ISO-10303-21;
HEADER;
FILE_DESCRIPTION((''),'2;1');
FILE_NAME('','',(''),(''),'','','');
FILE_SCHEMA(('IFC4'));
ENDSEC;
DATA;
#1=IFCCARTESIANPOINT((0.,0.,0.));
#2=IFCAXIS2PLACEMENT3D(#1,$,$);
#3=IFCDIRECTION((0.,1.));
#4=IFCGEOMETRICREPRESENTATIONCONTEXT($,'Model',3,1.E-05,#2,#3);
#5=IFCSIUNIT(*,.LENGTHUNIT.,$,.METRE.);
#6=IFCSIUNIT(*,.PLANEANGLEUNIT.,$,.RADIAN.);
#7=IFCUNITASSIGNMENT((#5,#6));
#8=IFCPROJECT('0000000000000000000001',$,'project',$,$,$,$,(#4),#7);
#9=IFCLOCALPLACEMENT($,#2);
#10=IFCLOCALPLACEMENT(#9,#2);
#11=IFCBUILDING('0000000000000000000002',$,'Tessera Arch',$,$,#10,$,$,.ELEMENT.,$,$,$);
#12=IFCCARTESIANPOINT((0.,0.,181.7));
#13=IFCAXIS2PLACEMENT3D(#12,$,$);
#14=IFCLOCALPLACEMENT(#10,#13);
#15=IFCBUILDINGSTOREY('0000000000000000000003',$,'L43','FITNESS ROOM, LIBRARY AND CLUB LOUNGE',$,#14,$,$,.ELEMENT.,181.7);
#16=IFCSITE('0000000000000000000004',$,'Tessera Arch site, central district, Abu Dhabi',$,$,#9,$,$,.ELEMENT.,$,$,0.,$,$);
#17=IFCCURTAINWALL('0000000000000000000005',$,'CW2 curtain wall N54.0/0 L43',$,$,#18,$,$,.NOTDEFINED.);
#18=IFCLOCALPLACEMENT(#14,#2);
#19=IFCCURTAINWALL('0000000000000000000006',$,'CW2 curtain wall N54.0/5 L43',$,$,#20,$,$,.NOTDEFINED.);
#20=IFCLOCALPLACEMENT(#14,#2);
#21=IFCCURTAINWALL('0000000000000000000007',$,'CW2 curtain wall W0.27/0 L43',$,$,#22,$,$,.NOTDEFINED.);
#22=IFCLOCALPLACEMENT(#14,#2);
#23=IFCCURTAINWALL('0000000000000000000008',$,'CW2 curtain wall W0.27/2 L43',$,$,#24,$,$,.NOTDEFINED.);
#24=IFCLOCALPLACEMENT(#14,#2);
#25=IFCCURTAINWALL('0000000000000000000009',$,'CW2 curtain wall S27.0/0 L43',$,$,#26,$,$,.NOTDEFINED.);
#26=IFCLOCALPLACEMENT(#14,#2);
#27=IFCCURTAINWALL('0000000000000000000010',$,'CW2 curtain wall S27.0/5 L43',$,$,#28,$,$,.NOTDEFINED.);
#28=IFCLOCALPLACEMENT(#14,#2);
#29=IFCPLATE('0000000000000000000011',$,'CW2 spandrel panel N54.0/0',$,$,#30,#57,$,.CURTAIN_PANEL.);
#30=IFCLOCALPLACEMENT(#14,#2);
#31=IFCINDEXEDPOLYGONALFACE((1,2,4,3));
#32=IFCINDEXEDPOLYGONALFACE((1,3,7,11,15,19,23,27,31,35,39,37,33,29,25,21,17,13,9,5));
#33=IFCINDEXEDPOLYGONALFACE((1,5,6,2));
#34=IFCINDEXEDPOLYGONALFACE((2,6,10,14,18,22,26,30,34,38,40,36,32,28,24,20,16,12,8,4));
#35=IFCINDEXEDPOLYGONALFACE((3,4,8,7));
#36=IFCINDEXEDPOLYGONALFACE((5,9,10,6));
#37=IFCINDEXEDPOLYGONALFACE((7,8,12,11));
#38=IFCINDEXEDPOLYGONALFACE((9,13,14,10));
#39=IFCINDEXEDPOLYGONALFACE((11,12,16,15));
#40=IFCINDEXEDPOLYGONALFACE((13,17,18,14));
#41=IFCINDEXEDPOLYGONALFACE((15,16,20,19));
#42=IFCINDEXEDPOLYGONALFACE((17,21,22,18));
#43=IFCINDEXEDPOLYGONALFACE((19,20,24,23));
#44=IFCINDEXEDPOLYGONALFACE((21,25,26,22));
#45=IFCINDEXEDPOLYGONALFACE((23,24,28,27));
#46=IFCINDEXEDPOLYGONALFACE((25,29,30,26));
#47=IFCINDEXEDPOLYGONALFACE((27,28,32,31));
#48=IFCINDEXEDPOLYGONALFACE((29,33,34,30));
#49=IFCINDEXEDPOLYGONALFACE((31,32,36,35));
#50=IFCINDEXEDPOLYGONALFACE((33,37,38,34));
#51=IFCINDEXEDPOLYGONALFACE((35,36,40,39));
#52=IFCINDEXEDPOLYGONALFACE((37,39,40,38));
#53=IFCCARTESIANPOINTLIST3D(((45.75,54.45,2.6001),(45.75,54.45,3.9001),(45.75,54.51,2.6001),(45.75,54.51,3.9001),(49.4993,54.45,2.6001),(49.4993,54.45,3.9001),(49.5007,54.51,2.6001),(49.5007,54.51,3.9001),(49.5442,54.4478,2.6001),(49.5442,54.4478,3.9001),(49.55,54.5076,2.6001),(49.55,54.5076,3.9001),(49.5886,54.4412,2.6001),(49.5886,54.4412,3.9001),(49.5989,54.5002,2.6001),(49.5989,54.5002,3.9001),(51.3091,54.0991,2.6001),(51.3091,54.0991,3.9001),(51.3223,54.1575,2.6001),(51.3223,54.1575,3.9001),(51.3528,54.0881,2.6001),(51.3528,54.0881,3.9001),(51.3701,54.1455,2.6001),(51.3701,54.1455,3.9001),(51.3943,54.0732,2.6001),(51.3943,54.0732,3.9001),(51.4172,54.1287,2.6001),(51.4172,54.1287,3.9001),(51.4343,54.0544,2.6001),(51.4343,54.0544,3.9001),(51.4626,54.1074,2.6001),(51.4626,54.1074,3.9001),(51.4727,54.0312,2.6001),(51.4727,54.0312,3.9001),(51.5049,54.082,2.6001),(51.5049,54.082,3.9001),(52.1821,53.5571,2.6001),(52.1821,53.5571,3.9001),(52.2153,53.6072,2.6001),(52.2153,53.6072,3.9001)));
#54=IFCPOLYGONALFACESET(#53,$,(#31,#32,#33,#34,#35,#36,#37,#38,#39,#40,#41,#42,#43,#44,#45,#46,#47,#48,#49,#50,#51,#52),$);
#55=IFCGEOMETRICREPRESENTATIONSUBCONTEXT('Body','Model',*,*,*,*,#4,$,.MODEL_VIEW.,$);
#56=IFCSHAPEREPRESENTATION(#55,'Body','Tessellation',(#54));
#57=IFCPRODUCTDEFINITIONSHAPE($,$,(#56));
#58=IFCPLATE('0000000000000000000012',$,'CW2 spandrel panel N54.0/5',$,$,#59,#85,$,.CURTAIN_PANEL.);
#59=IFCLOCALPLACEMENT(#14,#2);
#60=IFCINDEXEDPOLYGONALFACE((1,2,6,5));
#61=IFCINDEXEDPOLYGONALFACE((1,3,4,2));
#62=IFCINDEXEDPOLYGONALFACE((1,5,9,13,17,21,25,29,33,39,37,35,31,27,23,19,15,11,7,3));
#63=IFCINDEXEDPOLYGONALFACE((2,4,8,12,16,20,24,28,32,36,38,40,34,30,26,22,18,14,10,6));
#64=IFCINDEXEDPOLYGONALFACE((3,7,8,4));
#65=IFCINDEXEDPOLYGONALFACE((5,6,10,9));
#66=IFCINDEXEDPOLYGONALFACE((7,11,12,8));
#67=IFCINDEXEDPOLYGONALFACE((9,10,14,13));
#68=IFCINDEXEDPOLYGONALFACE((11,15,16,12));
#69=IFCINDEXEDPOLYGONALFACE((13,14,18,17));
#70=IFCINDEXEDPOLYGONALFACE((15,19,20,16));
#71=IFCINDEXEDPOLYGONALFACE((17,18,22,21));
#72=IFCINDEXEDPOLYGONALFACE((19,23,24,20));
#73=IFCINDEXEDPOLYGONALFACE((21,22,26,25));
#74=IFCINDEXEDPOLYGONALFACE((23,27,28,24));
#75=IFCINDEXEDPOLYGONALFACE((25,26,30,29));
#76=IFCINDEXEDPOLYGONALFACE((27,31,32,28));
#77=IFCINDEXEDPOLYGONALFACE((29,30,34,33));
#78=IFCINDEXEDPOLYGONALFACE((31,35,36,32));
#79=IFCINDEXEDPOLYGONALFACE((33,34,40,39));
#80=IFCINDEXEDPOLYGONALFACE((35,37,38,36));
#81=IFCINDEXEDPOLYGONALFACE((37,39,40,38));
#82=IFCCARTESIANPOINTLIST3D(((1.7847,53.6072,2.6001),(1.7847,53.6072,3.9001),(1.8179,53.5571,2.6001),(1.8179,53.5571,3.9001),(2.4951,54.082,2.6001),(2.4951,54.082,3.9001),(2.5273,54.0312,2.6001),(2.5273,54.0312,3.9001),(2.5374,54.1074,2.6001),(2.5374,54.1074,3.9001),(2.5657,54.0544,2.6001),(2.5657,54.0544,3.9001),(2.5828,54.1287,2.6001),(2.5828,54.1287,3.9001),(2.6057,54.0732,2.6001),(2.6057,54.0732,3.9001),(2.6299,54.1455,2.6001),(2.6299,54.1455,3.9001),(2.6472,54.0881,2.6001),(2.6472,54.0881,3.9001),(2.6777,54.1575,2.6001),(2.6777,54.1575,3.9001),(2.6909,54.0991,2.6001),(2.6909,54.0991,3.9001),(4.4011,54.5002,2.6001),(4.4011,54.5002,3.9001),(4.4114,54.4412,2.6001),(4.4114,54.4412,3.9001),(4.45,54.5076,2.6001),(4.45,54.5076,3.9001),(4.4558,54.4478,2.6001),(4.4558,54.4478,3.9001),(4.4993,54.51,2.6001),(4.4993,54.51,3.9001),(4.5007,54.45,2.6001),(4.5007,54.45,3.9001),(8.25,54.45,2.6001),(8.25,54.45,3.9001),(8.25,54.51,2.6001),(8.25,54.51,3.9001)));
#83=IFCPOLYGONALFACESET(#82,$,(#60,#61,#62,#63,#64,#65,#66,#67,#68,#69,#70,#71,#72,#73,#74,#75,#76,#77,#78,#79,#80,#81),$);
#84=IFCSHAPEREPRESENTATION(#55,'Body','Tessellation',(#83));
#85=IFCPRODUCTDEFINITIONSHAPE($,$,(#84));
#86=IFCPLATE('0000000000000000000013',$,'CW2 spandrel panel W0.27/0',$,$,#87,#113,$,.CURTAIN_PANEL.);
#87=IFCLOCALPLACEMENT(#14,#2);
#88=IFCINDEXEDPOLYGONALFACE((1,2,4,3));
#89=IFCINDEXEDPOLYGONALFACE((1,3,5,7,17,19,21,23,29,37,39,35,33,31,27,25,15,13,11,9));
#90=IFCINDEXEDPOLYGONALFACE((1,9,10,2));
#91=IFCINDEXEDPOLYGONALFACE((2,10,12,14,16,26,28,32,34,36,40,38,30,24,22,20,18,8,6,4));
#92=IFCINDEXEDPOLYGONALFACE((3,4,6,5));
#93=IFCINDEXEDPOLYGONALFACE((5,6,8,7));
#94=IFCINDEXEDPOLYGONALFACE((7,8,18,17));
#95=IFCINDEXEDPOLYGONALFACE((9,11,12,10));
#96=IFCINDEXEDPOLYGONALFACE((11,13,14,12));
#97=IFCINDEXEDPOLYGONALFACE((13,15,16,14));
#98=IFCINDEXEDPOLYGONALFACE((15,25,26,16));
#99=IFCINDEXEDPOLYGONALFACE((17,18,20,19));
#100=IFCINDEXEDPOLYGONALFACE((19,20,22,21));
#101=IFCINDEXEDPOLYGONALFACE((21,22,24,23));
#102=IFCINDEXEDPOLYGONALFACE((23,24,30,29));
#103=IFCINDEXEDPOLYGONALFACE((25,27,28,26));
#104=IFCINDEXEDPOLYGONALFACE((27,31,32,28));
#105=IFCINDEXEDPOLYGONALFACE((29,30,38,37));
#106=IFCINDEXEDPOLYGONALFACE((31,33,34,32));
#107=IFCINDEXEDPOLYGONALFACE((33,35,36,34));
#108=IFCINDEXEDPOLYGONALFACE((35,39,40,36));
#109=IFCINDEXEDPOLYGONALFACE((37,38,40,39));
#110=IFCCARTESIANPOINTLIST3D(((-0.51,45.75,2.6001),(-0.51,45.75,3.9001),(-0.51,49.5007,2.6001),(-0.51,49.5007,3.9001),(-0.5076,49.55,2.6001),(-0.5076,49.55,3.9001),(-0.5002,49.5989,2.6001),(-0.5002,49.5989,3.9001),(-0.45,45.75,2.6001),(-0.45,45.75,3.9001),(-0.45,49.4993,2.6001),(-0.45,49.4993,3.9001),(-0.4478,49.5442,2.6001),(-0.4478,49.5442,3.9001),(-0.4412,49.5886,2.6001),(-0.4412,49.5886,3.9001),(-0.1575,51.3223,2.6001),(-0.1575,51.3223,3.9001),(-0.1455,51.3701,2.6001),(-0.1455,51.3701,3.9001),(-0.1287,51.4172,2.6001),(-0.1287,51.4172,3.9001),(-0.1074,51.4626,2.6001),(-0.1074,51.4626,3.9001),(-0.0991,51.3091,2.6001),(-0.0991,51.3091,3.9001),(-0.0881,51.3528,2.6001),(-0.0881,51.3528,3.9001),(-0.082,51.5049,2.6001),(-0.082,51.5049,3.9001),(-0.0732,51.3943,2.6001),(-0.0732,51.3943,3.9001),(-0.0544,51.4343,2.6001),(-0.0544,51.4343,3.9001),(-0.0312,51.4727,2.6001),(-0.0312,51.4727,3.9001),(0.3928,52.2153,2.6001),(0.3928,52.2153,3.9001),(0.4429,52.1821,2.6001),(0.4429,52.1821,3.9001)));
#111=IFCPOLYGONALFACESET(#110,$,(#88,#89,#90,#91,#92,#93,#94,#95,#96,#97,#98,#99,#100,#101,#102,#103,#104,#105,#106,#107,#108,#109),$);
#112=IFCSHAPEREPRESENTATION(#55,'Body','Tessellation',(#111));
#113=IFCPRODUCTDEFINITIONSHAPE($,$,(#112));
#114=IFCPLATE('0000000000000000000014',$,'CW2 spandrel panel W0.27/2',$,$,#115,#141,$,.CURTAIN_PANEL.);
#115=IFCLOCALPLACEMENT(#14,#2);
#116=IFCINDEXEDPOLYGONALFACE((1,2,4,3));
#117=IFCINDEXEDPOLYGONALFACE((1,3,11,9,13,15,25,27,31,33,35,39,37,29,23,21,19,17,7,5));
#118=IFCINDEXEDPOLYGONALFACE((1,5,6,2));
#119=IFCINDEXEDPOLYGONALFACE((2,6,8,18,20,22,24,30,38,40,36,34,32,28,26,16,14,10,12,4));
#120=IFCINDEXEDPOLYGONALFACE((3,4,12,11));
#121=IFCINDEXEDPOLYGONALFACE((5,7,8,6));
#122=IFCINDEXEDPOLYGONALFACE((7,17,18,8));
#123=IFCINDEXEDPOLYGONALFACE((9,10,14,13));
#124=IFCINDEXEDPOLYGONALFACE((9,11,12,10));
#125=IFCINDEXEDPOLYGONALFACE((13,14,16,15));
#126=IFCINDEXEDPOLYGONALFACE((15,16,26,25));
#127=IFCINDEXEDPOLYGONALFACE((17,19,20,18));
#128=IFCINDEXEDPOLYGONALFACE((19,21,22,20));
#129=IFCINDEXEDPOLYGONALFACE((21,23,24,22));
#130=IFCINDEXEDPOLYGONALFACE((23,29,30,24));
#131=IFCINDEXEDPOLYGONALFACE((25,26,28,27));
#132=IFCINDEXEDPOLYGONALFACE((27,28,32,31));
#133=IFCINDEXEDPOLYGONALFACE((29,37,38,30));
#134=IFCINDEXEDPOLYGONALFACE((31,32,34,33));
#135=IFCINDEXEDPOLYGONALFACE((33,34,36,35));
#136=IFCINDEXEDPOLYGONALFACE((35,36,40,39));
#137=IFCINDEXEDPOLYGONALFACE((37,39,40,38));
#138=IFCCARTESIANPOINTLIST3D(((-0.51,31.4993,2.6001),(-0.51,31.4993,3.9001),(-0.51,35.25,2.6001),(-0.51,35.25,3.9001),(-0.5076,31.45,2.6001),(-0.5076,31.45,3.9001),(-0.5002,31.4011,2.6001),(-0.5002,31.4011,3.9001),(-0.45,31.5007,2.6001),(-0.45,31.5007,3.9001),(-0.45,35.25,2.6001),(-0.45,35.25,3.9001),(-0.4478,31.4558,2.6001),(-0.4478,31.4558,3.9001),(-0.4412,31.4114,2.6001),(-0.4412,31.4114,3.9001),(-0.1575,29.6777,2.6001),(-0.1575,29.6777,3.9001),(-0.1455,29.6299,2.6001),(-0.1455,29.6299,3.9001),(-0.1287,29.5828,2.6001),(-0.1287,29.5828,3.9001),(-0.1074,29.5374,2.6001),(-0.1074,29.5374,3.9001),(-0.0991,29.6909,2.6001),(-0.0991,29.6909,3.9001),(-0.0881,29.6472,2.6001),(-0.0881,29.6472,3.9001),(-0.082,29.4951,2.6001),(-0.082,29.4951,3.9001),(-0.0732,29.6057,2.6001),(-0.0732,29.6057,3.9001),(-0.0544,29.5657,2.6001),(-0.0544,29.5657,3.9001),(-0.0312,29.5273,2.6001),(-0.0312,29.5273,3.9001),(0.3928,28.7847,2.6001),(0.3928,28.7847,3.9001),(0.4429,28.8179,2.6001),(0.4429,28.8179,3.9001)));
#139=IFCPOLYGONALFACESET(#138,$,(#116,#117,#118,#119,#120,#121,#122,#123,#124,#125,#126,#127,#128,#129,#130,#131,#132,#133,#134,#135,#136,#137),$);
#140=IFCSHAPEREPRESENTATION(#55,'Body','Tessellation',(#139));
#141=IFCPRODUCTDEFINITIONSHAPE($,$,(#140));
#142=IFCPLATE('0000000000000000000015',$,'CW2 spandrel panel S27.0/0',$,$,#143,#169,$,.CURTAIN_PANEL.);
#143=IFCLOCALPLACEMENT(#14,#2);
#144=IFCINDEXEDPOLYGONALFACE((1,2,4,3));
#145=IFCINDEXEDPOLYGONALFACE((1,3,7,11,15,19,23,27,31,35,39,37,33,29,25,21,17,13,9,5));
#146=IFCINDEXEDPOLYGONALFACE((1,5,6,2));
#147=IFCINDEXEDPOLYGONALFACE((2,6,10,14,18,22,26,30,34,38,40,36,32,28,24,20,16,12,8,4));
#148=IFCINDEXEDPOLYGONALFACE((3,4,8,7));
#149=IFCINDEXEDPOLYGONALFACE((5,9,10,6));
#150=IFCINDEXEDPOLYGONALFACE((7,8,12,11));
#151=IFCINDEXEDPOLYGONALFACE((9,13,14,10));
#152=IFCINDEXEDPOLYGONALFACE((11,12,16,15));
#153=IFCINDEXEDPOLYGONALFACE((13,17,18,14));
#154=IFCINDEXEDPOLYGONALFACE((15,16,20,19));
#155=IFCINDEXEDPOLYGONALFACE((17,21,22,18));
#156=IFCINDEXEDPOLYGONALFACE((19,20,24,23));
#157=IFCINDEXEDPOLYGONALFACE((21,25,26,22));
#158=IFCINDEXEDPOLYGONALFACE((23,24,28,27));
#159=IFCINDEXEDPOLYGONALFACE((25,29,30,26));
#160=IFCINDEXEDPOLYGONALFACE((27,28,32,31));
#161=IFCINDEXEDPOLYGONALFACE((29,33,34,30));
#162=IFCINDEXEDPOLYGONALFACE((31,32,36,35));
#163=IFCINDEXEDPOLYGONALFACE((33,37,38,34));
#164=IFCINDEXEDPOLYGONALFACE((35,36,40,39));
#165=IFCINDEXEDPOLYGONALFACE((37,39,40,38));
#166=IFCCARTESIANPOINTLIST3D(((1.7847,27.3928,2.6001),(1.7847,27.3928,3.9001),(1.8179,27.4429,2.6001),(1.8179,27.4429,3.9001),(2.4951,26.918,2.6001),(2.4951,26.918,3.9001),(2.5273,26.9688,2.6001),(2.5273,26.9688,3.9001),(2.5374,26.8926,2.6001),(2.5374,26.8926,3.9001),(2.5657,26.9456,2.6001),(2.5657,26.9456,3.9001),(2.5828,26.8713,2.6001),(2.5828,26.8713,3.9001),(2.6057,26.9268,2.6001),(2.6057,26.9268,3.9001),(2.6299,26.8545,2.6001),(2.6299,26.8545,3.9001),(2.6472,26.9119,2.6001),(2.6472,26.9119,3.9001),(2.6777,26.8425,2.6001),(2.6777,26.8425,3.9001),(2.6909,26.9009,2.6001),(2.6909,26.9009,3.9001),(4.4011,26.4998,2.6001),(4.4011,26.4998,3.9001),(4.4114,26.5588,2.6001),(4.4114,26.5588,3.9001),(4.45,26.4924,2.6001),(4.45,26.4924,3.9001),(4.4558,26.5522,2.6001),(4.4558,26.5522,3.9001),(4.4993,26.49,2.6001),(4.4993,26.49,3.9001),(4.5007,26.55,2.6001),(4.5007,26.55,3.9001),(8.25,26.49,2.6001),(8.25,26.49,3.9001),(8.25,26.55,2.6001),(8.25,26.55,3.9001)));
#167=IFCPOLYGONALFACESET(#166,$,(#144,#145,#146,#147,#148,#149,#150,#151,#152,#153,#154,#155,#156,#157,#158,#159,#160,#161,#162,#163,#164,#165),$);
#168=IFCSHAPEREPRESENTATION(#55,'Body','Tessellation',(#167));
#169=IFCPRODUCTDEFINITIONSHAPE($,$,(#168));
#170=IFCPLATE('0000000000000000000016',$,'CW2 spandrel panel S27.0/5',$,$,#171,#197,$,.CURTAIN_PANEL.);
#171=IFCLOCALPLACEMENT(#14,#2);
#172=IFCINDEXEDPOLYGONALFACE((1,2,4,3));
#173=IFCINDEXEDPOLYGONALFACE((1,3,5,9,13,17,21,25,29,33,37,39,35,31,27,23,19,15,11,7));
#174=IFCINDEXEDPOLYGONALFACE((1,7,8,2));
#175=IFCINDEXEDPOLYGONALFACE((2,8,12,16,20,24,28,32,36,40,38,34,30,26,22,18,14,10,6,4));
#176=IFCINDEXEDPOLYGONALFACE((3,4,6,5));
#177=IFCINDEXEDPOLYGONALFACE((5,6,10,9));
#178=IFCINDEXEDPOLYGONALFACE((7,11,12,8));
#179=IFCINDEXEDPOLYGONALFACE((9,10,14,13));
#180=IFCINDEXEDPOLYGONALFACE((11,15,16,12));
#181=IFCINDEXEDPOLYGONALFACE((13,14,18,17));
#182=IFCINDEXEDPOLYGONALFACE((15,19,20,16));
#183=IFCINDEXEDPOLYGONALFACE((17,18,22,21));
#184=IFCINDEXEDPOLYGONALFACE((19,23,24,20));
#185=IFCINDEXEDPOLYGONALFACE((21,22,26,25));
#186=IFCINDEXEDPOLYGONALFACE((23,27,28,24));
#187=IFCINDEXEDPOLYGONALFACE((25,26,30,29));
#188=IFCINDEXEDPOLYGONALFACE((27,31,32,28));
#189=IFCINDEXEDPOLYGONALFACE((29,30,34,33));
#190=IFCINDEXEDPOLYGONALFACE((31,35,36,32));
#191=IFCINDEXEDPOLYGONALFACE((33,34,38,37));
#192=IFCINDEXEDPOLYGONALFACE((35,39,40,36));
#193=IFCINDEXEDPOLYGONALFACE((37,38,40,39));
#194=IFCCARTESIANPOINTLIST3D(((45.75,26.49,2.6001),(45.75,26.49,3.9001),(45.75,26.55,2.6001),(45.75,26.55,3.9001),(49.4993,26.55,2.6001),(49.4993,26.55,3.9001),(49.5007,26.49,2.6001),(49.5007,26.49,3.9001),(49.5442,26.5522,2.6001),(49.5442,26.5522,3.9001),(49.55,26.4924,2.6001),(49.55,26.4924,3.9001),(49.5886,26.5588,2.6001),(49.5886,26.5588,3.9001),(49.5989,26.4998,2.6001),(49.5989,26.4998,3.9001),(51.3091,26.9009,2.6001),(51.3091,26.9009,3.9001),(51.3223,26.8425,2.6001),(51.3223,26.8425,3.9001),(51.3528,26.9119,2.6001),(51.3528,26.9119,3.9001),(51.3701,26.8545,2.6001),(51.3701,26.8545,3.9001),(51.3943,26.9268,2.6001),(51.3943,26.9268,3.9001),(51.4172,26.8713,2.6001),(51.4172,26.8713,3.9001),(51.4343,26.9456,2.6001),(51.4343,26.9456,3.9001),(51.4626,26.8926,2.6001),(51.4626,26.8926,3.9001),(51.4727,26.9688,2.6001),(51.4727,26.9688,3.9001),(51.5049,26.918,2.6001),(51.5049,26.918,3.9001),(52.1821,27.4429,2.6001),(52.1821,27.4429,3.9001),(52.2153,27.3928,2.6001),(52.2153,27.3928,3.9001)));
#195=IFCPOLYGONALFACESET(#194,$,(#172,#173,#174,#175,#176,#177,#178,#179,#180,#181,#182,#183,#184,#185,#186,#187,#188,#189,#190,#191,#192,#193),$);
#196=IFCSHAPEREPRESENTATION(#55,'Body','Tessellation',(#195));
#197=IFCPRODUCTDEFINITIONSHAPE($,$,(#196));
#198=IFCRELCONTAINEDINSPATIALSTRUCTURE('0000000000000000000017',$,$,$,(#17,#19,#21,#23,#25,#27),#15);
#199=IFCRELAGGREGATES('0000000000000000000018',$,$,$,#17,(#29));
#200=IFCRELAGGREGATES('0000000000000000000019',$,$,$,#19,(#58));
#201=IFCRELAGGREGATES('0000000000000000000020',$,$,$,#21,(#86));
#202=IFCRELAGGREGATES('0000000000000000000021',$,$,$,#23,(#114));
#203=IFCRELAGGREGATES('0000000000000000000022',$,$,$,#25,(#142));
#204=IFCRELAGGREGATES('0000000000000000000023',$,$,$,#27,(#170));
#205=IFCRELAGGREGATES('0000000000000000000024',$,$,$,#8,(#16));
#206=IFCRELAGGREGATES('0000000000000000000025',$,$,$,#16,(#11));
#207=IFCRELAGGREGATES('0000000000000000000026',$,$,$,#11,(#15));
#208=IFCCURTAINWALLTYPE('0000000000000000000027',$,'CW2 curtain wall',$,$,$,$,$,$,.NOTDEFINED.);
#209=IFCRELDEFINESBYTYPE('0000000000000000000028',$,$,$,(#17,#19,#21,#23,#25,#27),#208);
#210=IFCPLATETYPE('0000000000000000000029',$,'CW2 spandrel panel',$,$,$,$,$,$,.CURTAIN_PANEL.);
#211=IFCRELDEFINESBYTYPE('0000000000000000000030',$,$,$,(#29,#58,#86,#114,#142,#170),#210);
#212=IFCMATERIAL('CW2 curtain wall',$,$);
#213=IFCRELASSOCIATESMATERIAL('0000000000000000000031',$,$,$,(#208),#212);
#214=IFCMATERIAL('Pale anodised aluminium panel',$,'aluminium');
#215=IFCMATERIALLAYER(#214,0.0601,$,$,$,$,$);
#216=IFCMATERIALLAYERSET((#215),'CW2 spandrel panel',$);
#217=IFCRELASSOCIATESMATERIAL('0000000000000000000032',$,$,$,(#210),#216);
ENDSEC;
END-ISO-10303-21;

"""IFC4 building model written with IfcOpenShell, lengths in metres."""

from ifc_helpers import new_model, si_unit, direction, frame, origin, place, context, subcontext, project, spatial, polyline, outline, extrude, material, layer, layer_set, type_object, element, aggregate, save


model = new_model("IFC4")

# Units and contexts
model_context = context("Model", 3, precision=1e-05, world=origin(), true_north=direction((0.0, 1.0)))
body_context = subcontext(model_context, "Body", "Model", "MODEL_VIEW")
ifc_project = project(units=[si_unit("LENGTHUNIT", "METRE"), si_unit("PLANEANGLEUNIT", "RADIAN")], contexts=[model_context])

# Site, building, storey
site_placement = place(None, origin())
site = spatial("IfcSite", under=ifc_project, at=site_placement, Name="Tessera Arch site, central district, Abu Dhabi", CompositionType="ELEMENT", RefElevation=0.0)
building_placement = place(site_placement, origin())
building = spatial("IfcBuilding", under=site, at=building_placement, Name="Tessera Arch", CompositionType="ELEMENT")
storey_placement = place(building_placement, frame((0.0, 0.0, 181.7)))
storey = spatial("IfcBuildingStorey", under=building, at=storey_placement, Name="L43", Description="FITNESS ROOM, LIBRARY AND CLUB LOUNGE", CompositionType="ELEMENT", Elevation=181.7)

# Curtain walls
ifc_material_1 = material(Name="CW2 curtain wall")
curtain_wall_type = type_object("IfcCurtainWallType", Name="CW2 curtain wall", PredefinedType="NOTDEFINED", material=ifc_material_1)
curtain_wall_1_placement = place(storey_placement, origin())
curtain_wall_1 = element("IfcCurtainWall", 1, at=curtain_wall_1_placement, inside=storey, type_object=curtain_wall_type, Name="CW2 curtain wall N54.0/0 L43", PredefinedType="NOTDEFINED")
curtain_wall_2_placement = place(storey_placement, origin())
curtain_wall_2 = element("IfcCurtainWall", 2, at=curtain_wall_2_placement, inside=storey, type_object=curtain_wall_type, Name="CW2 curtain wall N54.0/5 L43", PredefinedType="NOTDEFINED")
curtain_wall_3_placement = place(storey_placement, origin())
curtain_wall_3 = element("IfcCurtainWall", 3, at=curtain_wall_3_placement, inside=storey, type_object=curtain_wall_type, Name="CW2 curtain wall W0.27/0 L43", PredefinedType="NOTDEFINED")
curtain_wall_4_placement = place(storey_placement, origin())
curtain_wall_4 = element("IfcCurtainWall", 4, at=curtain_wall_4_placement, inside=storey, type_object=curtain_wall_type, Name="CW2 curtain wall W0.27/2 L43", PredefinedType="NOTDEFINED")
curtain_wall_5_placement = place(storey_placement, origin())
curtain_wall_5 = element("IfcCurtainWall", 5, at=curtain_wall_5_placement, inside=storey, type_object=curtain_wall_type, Name="CW2 curtain wall S27.0/0 L43", PredefinedType="NOTDEFINED")
curtain_wall_6_placement = place(storey_placement, origin())
curtain_wall_6 = element("IfcCurtainWall", 6, at=curtain_wall_6_placement, inside=storey, type_object=curtain_wall_type, Name="CW2 curtain wall S27.0/5 L43", PredefinedType="NOTDEFINED")

# Plates
ifc_material_2 = material(Name="Pale anodised aluminium panel", Category="aluminium")
ifc_layer_1 = layer(ifc_material_2, 0.0601)
ifc_layer_set_1 = layer_set([ifc_layer_1], Name="CW2 spandrel panel")
plate_type = type_object("IfcPlateType", Name="CW2 spandrel panel", PredefinedType="CURTAIN_PANEL", material=ifc_layer_set_1)
plate_1_placement = place(storey_placement, frame((0.0, 0.0, 2.6001)))
plate_1 = element("IfcPlate", 7, at=plate_1_placement, type_object=plate_type, Name="CW2 spandrel panel N54.0/0", PredefinedType="CURTAIN_PANEL", context=body_context, shape_type="SweptSolid", body=[
    extrude(outline(polyline([(51.4727, 54.0312), (52.1821, 53.5571), (52.2153, 53.6072), (51.5049, 54.082), (51.4626, 54.1074), (51.4172, 54.1287), (51.3701, 54.1455), (51.3223, 54.1575), (49.5989, 54.5002), (49.55, 54.5076), (49.5007, 54.51), (45.75, 54.51), (45.75, 54.45), (49.4993, 54.45), (49.5442, 54.4478), (49.5886, 54.4412), (51.3091, 54.0991), (51.3528, 54.0881), (51.3943, 54.0732), (51.4343, 54.0544), (51.4727, 54.0312)])), origin(), (0.0, 0.0, 1.0), 1.3),
])
aggregate(curtain_wall_1, [plate_1])
plate_2_placement = place(storey_placement, frame((0.0, 0.0, 2.6001)))
plate_2 = element("IfcPlate", 8, at=plate_2_placement, type_object=plate_type, Name="CW2 spandrel panel N54.0/5", PredefinedType="CURTAIN_PANEL", context=body_context, shape_type="SweptSolid", body=[
    extrude(outline(polyline([(4.5007, 54.45), (8.25, 54.45), (8.25, 54.51), (4.4993, 54.51), (4.45, 54.5076), (4.4011, 54.5002), (2.6777, 54.1575), (2.6299, 54.1455), (2.5828, 54.1287), (2.5374, 54.1074), (2.4951, 54.082), (1.7847, 53.6072), (1.8179, 53.5571), (2.5273, 54.0312), (2.5657, 54.0544), (2.6057, 54.0732), (2.6472, 54.0881), (2.6909, 54.0991), (4.4114, 54.4412), (4.4558, 54.4478), (4.5007, 54.45)])), origin(), (0.0, 0.0, 1.0), 1.3),
])
aggregate(curtain_wall_2, [plate_2])
plate_3_placement = place(storey_placement, frame((0.0, 0.0, 2.6001)))
plate_3 = element("IfcPlate", 9, at=plate_3_placement, type_object=plate_type, Name="CW2 spandrel panel W0.27/0", PredefinedType="CURTAIN_PANEL", context=body_context, shape_type="SweptSolid", body=[
    extrude(outline(polyline([(-0.0312, 51.4727), (0.4429, 52.1821), (0.3928, 52.2153), (-0.082, 51.5049), (-0.1074, 51.4626), (-0.1287, 51.4172), (-0.1455, 51.3701), (-0.1575, 51.3223), (-0.5002, 49.5989), (-0.5076, 49.55), (-0.51, 49.5007), (-0.51, 45.75), (-0.45, 45.75), (-0.45, 49.4993), (-0.4478, 49.5442), (-0.4412, 49.5886), (-0.0991, 51.3091), (-0.0881, 51.3528), (-0.0732, 51.3943), (-0.0544, 51.4343), (-0.0312, 51.4727)])), origin(), (0.0, 0.0, 1.0), 1.3),
])
aggregate(curtain_wall_3, [plate_3])
plate_4_placement = place(storey_placement, frame((0.0, 0.0, 2.6001)))
plate_4 = element("IfcPlate", 10, at=plate_4_placement, type_object=plate_type, Name="CW2 spandrel panel W0.27/2", PredefinedType="CURTAIN_PANEL", context=body_context, shape_type="SweptSolid", body=[
    extrude(outline(polyline([(-0.45, 31.5007), (-0.45, 35.25), (-0.51, 35.25), (-0.51, 31.4993), (-0.5076, 31.45), (-0.5002, 31.4011), (-0.1575, 29.6777), (-0.1455, 29.6299), (-0.1287, 29.5828), (-0.1074, 29.5374), (-0.082, 29.4951), (0.3928, 28.7847), (0.4429, 28.8179), (-0.0312, 29.5273), (-0.0544, 29.5657), (-0.0732, 29.6057), (-0.0881, 29.6472), (-0.0991, 29.6909), (-0.4412, 31.4114), (-0.4478, 31.4558), (-0.45, 31.5007)])), origin(), (0.0, 0.0, 1.0), 1.3),
])
aggregate(curtain_wall_4, [plate_4])
plate_5_placement = place(storey_placement, frame((0.0, 0.0, 2.6001)))
plate_5 = element("IfcPlate", 11, at=plate_5_placement, type_object=plate_type, Name="CW2 spandrel panel S27.0/0", PredefinedType="CURTAIN_PANEL", context=body_context, shape_type="SweptSolid", body=[
    extrude(outline(polyline([(2.5273, 26.9688), (1.8179, 27.4429), (1.7847, 27.3928), (2.4951, 26.918), (2.5374, 26.8926), (2.5828, 26.8713), (2.6299, 26.8545), (2.6777, 26.8425), (4.4011, 26.4998), (4.45, 26.4924), (4.4993, 26.49), (8.25, 26.49), (8.25, 26.55), (4.5007, 26.55), (4.4558, 26.5522), (4.4114, 26.5588), (2.6909, 26.9009), (2.6472, 26.9119), (2.6057, 26.9268), (2.5657, 26.9456), (2.5273, 26.9688)])), origin(), (0.0, 0.0, 1.0), 1.3),
])
aggregate(curtain_wall_5, [plate_5])
plate_6_placement = place(storey_placement, frame((0.0, 0.0, 2.6001)))
plate_6 = element("IfcPlate", 12, at=plate_6_placement, type_object=plate_type, Name="CW2 spandrel panel S27.0/5", PredefinedType="CURTAIN_PANEL", context=body_context, shape_type="SweptSolid", body=[
    extrude(outline(polyline([(49.4993, 26.55), (45.75, 26.55), (45.75, 26.49), (49.5007, 26.49), (49.55, 26.4924), (49.5989, 26.4998), (51.3223, 26.8425), (51.3701, 26.8545), (51.4172, 26.8713), (51.4626, 26.8926), (51.5049, 26.918), (52.2153, 27.3928), (52.1821, 27.4429), (51.4727, 26.9688), (51.4343, 26.9456), (51.3943, 26.9268), (51.3528, 26.9119), (51.3091, 26.9009), (49.5886, 26.5588), (49.5442, 26.5522), (49.4993, 26.55)])), origin(), (0.0, 0.0, 1.0), 1.3),
])
aggregate(curtain_wall_6, [plate_6])

save(model, "model.ifc")
